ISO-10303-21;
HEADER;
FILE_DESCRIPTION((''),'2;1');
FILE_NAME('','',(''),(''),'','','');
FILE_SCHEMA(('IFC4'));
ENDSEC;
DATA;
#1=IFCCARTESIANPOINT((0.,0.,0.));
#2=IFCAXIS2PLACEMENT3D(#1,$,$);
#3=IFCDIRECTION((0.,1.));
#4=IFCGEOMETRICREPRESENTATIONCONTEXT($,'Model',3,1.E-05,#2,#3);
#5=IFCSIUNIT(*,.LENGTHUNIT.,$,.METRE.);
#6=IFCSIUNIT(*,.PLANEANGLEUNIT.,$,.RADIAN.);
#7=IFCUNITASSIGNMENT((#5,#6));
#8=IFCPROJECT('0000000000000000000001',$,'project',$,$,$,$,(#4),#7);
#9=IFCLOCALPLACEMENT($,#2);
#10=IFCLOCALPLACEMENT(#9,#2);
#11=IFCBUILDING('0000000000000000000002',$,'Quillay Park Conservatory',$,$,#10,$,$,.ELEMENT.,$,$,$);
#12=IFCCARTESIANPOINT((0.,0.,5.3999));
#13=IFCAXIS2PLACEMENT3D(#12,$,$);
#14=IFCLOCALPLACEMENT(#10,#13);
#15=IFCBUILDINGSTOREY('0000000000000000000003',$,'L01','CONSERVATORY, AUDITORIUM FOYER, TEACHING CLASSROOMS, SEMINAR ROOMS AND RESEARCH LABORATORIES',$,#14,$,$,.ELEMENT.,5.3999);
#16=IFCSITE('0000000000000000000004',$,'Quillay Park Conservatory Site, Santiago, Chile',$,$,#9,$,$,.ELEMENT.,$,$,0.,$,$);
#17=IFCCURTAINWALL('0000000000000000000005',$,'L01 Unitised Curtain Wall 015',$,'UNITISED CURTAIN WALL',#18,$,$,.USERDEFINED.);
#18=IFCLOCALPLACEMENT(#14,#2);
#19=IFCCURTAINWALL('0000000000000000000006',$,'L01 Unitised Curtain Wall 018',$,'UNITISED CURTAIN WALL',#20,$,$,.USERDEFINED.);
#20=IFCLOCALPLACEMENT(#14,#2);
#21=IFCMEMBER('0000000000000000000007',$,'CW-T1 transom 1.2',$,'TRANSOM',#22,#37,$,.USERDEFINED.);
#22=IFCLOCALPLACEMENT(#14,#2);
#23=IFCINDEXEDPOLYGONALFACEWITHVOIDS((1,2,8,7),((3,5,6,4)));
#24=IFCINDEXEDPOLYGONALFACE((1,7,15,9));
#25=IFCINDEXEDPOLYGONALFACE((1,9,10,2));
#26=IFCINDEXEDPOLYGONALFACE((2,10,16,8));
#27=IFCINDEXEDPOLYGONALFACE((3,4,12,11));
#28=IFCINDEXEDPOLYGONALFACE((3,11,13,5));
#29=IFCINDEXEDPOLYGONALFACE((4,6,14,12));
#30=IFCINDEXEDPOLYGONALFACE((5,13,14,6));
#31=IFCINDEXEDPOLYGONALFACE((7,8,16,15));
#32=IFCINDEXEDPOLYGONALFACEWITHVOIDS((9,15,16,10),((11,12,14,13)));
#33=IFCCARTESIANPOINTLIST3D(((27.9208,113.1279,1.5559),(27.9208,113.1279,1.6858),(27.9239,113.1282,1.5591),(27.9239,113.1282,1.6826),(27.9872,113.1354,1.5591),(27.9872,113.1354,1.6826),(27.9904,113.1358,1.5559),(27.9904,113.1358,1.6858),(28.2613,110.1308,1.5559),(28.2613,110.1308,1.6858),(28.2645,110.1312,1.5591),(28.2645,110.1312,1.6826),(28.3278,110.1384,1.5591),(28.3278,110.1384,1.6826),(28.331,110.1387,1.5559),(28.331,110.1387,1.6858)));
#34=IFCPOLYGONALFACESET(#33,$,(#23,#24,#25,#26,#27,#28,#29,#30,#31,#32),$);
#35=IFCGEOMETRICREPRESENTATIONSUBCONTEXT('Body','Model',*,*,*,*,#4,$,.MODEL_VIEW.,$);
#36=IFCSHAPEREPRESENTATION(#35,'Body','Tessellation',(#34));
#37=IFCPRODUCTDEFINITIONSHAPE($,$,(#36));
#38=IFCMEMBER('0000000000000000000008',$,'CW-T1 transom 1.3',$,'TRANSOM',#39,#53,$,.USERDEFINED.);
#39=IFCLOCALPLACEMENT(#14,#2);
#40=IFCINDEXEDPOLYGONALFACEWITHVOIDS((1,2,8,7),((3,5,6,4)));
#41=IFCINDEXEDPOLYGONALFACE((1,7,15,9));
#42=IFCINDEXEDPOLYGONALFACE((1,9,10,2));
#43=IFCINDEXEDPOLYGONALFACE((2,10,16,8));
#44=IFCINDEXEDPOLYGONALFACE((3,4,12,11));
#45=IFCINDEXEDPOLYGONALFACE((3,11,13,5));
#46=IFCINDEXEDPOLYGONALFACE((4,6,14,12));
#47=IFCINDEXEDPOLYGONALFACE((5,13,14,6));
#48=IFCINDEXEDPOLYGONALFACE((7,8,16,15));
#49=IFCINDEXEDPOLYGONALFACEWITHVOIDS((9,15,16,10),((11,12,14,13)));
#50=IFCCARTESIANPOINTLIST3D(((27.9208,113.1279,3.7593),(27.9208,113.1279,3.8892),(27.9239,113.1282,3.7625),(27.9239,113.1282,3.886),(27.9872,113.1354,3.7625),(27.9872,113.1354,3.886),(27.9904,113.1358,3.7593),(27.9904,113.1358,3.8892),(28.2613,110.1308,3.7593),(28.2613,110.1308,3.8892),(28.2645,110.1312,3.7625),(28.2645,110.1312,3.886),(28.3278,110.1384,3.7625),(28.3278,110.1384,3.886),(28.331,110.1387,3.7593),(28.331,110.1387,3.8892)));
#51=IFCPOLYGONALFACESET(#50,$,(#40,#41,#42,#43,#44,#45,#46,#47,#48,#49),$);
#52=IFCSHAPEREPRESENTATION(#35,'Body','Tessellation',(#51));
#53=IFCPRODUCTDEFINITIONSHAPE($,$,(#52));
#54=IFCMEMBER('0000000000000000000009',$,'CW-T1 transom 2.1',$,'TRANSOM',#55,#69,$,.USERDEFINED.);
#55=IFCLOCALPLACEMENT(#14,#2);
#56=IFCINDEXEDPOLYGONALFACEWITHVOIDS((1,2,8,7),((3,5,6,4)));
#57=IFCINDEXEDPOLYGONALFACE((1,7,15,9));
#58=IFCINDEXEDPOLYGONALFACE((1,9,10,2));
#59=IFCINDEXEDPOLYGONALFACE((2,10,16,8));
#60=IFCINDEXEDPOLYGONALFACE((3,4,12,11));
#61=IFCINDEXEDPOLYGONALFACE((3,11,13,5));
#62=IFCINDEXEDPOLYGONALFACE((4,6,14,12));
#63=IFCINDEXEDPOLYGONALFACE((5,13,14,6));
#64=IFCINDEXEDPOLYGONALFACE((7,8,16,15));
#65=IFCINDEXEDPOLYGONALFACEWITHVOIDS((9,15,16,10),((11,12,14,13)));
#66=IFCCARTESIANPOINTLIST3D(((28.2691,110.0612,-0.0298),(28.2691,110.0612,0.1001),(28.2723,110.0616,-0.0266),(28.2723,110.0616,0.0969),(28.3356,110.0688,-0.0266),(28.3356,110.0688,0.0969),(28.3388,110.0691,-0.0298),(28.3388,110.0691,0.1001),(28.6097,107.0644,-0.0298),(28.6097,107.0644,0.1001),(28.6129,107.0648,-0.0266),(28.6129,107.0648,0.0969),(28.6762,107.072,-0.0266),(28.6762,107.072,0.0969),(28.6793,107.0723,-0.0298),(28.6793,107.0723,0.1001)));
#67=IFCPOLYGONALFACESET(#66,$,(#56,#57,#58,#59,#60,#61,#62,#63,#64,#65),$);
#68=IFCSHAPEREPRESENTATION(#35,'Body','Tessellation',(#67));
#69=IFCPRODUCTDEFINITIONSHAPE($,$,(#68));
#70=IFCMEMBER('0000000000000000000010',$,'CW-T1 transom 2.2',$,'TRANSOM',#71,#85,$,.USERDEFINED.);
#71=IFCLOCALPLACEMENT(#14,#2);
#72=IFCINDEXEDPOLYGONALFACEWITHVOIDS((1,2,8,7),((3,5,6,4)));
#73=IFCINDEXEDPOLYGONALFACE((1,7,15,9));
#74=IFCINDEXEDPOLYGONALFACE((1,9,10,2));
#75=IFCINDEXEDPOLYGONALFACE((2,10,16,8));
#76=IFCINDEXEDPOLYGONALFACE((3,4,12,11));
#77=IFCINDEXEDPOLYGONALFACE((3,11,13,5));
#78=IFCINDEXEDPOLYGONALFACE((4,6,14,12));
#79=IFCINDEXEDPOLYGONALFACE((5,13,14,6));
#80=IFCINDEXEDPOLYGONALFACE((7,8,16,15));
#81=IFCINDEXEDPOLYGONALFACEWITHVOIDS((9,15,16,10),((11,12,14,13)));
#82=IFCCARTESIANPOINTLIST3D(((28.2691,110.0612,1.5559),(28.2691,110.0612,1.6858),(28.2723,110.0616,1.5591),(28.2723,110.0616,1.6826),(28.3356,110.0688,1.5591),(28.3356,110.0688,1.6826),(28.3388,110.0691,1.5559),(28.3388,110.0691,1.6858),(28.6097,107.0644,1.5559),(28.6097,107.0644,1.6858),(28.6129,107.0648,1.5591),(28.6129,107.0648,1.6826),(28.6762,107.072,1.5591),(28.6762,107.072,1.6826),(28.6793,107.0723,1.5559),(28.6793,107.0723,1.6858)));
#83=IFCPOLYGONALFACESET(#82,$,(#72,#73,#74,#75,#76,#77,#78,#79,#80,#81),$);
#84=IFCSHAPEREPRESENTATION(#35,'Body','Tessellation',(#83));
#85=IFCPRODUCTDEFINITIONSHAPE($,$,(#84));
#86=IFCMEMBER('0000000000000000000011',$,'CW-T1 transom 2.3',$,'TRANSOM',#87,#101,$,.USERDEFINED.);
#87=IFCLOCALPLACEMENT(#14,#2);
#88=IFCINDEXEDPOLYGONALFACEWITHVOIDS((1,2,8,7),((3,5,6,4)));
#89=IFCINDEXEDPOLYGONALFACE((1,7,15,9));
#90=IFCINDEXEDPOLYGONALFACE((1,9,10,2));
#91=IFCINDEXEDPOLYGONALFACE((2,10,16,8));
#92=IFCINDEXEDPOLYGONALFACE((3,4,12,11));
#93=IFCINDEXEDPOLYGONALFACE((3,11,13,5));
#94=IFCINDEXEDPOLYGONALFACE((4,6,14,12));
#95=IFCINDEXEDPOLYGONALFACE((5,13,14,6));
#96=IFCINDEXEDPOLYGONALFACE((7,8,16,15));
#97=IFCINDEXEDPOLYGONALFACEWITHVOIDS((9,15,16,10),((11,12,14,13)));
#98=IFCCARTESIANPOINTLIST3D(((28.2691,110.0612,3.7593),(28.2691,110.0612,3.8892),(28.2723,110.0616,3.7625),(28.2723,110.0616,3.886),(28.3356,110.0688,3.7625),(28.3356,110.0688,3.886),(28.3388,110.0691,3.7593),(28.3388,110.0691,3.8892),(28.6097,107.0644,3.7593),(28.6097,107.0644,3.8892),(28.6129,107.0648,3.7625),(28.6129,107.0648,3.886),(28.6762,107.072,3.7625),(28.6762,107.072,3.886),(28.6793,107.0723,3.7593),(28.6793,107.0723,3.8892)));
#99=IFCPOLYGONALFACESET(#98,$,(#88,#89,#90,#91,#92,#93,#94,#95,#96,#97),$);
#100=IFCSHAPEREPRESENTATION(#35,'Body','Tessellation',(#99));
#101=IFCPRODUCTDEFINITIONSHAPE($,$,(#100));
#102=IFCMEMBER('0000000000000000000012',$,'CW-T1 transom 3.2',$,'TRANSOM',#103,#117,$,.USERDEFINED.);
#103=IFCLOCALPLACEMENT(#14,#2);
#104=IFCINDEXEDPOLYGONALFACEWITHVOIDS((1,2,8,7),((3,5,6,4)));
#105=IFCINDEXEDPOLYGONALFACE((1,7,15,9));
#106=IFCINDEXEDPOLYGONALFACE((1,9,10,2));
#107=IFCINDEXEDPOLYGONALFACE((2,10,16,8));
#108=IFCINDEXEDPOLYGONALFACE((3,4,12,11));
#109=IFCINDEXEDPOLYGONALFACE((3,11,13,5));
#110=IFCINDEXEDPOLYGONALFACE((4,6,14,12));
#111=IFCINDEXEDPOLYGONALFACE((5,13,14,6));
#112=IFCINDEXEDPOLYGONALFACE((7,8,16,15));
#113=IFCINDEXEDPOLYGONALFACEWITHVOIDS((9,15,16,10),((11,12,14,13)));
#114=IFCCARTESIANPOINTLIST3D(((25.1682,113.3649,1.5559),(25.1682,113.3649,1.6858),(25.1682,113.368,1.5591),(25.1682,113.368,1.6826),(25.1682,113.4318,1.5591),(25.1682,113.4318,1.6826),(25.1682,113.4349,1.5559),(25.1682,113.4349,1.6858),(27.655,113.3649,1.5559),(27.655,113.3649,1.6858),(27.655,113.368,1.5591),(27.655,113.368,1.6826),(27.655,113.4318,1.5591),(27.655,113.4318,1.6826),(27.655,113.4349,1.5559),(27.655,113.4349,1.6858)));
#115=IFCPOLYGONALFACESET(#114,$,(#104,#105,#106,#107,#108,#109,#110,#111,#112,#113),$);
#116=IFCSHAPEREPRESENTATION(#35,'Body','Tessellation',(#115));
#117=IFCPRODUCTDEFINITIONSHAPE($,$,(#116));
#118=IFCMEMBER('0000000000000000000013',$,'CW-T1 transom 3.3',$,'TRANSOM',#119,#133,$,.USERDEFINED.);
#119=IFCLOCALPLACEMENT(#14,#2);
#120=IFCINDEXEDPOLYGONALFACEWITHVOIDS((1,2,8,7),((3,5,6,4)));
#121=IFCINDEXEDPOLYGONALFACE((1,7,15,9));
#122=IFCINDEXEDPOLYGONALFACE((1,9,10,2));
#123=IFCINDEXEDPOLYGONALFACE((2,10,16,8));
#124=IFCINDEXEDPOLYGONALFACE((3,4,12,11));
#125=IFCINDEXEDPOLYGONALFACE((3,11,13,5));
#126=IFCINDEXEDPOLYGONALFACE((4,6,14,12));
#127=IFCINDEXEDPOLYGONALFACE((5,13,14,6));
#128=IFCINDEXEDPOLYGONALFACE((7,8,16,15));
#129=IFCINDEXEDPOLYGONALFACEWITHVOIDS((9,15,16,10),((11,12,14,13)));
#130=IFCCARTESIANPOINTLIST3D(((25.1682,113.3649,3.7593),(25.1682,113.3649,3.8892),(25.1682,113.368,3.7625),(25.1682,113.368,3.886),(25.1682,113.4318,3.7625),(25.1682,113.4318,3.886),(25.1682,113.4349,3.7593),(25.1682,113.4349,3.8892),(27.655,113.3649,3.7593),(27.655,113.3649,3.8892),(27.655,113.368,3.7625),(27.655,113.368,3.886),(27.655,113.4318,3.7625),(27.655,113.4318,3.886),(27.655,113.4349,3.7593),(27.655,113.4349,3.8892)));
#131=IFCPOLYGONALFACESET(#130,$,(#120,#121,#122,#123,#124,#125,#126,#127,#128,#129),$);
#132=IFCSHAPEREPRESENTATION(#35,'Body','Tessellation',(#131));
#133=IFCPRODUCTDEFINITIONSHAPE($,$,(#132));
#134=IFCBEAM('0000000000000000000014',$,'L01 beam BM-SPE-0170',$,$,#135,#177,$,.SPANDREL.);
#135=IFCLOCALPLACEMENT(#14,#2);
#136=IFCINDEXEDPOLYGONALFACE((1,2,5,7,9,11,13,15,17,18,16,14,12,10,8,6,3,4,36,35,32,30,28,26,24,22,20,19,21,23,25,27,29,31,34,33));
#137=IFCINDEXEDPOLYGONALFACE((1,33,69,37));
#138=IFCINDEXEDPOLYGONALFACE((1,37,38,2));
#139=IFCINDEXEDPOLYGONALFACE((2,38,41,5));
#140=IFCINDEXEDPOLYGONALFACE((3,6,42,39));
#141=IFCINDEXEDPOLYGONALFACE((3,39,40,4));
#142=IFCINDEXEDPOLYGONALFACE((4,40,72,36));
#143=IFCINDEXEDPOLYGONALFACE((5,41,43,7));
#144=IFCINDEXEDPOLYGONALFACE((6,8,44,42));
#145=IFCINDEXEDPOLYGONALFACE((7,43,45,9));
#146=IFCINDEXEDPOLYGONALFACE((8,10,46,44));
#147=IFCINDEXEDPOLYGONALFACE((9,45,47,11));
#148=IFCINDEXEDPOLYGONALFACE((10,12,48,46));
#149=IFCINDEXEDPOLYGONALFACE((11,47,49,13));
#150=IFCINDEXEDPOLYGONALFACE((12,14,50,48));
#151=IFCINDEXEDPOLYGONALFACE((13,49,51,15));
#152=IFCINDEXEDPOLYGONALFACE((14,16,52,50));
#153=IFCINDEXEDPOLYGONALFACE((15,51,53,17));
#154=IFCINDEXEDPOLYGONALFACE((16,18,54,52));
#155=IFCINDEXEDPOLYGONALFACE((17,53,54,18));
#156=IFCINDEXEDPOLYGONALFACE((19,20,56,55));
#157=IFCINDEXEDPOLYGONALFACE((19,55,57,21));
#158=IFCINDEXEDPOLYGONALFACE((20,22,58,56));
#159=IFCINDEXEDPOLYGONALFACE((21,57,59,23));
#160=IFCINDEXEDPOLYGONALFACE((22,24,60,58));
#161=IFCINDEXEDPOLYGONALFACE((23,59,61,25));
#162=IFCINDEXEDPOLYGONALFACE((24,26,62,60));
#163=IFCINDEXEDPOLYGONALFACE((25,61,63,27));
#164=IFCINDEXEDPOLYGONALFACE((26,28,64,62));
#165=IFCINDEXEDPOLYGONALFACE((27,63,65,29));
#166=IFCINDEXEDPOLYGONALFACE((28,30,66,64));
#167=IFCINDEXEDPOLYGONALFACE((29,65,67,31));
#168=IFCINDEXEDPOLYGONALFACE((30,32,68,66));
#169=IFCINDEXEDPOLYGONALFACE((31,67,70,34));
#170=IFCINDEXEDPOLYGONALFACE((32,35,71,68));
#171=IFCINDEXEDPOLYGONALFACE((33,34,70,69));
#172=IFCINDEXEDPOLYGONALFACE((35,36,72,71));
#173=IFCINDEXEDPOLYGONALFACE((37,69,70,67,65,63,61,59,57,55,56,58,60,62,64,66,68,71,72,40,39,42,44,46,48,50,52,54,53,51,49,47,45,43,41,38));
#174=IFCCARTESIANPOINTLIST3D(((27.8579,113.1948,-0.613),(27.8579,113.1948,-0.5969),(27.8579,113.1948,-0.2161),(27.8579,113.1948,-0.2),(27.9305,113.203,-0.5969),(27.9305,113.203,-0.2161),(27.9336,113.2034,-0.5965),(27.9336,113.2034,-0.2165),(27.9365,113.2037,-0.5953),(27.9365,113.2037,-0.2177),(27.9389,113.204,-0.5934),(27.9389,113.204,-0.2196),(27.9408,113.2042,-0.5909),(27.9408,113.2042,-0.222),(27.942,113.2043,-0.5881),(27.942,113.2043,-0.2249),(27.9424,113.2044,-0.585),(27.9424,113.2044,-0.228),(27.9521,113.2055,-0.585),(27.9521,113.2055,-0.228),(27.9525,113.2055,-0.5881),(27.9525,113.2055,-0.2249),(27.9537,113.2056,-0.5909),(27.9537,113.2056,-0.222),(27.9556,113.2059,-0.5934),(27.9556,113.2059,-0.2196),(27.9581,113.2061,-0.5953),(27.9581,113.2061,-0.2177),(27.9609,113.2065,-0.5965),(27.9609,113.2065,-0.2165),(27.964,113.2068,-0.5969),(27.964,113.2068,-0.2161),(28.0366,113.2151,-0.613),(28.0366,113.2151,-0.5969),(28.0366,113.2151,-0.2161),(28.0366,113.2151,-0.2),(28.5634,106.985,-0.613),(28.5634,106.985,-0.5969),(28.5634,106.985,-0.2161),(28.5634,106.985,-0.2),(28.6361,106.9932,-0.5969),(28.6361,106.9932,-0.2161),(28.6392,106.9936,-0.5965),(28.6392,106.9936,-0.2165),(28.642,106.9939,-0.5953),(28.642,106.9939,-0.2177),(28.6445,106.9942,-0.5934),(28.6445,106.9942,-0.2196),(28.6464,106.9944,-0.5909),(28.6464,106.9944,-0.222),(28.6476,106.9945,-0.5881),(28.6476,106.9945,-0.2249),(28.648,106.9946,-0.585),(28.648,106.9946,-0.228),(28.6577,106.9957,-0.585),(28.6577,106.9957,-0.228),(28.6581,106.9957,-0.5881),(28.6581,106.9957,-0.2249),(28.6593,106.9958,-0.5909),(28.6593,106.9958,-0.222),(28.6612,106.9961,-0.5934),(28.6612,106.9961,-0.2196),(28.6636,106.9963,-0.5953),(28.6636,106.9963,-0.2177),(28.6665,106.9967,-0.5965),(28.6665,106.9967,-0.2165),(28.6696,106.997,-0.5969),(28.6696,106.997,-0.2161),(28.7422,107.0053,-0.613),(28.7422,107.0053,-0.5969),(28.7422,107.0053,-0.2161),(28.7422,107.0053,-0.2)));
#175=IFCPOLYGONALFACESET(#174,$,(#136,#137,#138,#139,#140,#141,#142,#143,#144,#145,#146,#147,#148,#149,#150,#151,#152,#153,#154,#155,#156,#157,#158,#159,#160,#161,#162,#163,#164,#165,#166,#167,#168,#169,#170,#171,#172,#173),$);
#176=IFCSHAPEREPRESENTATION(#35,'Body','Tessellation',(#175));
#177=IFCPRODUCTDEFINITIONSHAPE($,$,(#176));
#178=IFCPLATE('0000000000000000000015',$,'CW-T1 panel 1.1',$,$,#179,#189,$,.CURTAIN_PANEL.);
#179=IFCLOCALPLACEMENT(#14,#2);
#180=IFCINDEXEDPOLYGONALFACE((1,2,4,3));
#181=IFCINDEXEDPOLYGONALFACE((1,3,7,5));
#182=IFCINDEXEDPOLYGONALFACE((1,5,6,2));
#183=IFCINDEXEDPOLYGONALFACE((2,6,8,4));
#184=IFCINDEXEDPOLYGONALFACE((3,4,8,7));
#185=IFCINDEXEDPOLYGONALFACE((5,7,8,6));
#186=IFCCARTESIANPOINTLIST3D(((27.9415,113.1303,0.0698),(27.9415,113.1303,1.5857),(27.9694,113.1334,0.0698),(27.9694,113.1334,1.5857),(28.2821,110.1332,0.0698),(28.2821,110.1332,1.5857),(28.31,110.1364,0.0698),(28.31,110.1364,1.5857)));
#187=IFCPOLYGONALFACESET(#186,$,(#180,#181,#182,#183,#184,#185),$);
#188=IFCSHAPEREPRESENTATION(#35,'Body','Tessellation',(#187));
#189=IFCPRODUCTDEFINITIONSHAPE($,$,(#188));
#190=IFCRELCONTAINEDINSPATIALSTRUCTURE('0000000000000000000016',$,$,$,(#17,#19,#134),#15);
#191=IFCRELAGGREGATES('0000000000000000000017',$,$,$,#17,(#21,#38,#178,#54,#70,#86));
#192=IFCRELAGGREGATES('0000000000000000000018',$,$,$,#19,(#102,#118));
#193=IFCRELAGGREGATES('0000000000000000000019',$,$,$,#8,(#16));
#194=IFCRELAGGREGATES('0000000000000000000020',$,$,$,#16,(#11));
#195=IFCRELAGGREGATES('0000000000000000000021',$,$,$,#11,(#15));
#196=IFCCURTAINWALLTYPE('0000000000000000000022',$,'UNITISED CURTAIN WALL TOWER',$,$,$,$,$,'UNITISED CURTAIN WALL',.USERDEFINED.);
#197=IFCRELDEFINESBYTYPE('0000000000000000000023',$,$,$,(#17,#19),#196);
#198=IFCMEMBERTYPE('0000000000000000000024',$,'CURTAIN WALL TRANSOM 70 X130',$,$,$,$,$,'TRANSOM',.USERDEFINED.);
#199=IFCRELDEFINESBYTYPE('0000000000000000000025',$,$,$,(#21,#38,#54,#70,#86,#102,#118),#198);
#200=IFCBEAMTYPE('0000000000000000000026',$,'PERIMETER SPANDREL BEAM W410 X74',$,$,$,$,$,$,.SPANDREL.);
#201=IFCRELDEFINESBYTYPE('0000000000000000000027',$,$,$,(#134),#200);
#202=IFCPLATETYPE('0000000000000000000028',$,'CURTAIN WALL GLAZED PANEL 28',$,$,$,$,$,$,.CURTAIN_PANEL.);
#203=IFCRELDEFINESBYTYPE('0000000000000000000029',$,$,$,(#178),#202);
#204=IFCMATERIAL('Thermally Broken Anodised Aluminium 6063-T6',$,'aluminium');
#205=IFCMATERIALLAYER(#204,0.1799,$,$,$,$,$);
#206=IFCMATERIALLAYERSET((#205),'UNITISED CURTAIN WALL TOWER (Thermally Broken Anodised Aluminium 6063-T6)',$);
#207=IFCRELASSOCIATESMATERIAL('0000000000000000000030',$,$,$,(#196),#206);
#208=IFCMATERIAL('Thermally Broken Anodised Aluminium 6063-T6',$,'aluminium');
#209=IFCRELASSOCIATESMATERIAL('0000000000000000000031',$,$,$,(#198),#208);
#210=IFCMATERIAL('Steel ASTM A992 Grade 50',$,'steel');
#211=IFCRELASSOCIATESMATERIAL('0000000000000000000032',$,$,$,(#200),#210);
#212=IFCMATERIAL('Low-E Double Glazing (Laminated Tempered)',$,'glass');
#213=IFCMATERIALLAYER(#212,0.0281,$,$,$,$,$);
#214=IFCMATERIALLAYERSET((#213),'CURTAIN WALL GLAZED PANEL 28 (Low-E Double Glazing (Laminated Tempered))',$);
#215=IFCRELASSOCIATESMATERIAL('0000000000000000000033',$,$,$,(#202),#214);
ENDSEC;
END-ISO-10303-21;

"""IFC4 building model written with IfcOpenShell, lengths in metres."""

from ifc_helpers import new_model, si_unit, direction, frame, origin, origin_2d, place, context, subcontext, project, spatial, rectangle, hollow_rectangle, i_section, extrude, material, layer, layer_set, material_profile, profile_set, type_object, element, aggregate, save


model = new_model("IFC4")

# Units and contexts
model_context = context("Model", 3, precision=1e-05, world=origin(), true_north=direction((0.0, 1.0)))
body_context = subcontext(model_context, "Body", "Model", "MODEL_VIEW")
ifc_project = project(units=[si_unit("LENGTHUNIT", "METRE"), si_unit("PLANEANGLEUNIT", "RADIAN")], contexts=[model_context])

# Site, building, storey
site_placement = place(None, origin())
site = spatial("IfcSite", under=ifc_project, at=site_placement, Name="Quillay Park Conservatory Site, Santiago, Chile", CompositionType="ELEMENT", RefElevation=0.0)
building_placement = place(site_placement, origin())
building = spatial("IfcBuilding", under=site, at=building_placement, Name="Quillay Park Conservatory", CompositionType="ELEMENT")
storey_placement = place(building_placement, frame((0.0, 0.0, 5.3999)))
storey = spatial("IfcBuildingStorey", under=building, at=storey_placement, Name="L01", Description="CONSERVATORY, AUDITORIUM FOYER, TEACHING CLASSROOMS, SEMINAR ROOMS AND RESEARCH LABORATORIES", CompositionType="ELEMENT", Elevation=5.3999)

# Curtain wall
ifc_material_1 = material(Name="Thermally Broken Anodised Aluminium 6063-T6", Category="aluminium")
ifc_layer_1 = layer(ifc_material_1, 0.1799)
ifc_layer_set_1 = layer_set([ifc_layer_1], Name="UNITISED CURTAIN WALL TOWER (Thermally Broken Anodised Aluminium 6063-T6)")
curtain_wall_type = type_object("IfcCurtainWallType", Name="UNITISED CURTAIN WALL TOWER", ElementType="UNITISED CURTAIN WALL", PredefinedType="USERDEFINED", material=ifc_layer_set_1)
curtain_wall_1_placement = place(storey_placement, origin())
curtain_wall_1 = element("IfcCurtainWall", 1, at=curtain_wall_1_placement, inside=storey, type_object=curtain_wall_type, Name="L01 Unitised Curtain Wall 015", ObjectType="UNITISED CURTAIN WALL", PredefinedType="USERDEFINED")

# Curtain wall
curtain_wall_2_placement = place(storey_placement, origin())
curtain_wall_2 = element("IfcCurtainWall", 2, at=curtain_wall_2_placement, inside=storey, type_object=curtain_wall_type, Name="L01 Unitised Curtain Wall 018", ObjectType="UNITISED CURTAIN WALL", PredefinedType="USERDEFINED")

# Members
ifc_material_2 = material(Name="Thermally Broken Anodised Aluminium 6063-T6", Category="aluminium")
ifc_material_profile_1 = material_profile(ifc_material_2, hollow_rectangle(XDim=0.0701, YDim=0.1299, WallThickness=0.0032, at=origin_2d()), Name="AL70x130x3.2")
ifc_profile_set_1 = profile_set([ifc_material_profile_1], Name="Thermally Broken Anodised Aluminium 6063-T6")
member_type_1 = type_object("IfcMemberType", Name="CURTAIN WALL TRANSOM 70 X130", ElementType="TRANSOM", PredefinedType="USERDEFINED", material=ifc_profile_set_1)
member_1_placement = place(storey_placement, frame((27.9556, 113.1318, 1.6208), z_axis=(0.11291, -0.993605, 0.0), x_axis=(0.993605, 0.11291, 0.0)))
member_1 = element("IfcMember", 3, at=member_1_placement, type_object=member_type_1, Name="CW-T1 transom 1.2", ObjectType="TRANSOM", PredefinedType="USERDEFINED", context=body_context, shape_type="SweptSolid", body=[
    extrude(hollow_rectangle(XDim=0.0701, YDim=0.1299, WallThickness=0.0032, at=origin_2d()), origin(), (0.0, 0.0, 1.0), 3.0164),
])
member_2_placement = place(storey_placement, frame((27.9556, 113.1318, 3.8242), z_axis=(0.11291, -0.993605, 0.0), x_axis=(0.993605, 0.11291, 0.0)))
member_2 = element("IfcMember", 4, at=member_2_placement, type_object=member_type_1, Name="CW-T1 transom 1.3", ObjectType="TRANSOM", PredefinedType="USERDEFINED", context=body_context, shape_type="SweptSolid", body=[
    extrude(hollow_rectangle(XDim=0.0701, YDim=0.1299, WallThickness=0.0032, at=origin_2d()), origin(), (0.0, 0.0, 1.0), 3.0164),
])
member_3_placement = place(storey_placement, frame((28.304, 110.0652, 0.0352), z_axis=(0.112919, -0.993604, 0.0), x_axis=(0.993604, 0.112919, 0.0)))
member_3 = element("IfcMember", 5, at=member_3_placement, type_object=member_type_1, Name="CW-T1 transom 2.1", ObjectType="TRANSOM", PredefinedType="USERDEFINED", context=body_context, shape_type="SweptSolid", body=[
    extrude(hollow_rectangle(XDim=0.0701, YDim=0.1299, WallThickness=0.0032, at=origin_2d()), origin(), (0.0, 0.0, 1.0), 3.0161),
])
member_4_placement = place(storey_placement, frame((28.304, 110.0652, 1.6208), z_axis=(0.112919, -0.993604, 0.0), x_axis=(0.993604, 0.112919, 0.0)))
member_4 = element("IfcMember", 6, at=member_4_placement, type_object=member_type_1, Name="CW-T1 transom 2.2", ObjectType="TRANSOM", PredefinedType="USERDEFINED", context=body_context, shape_type="SweptSolid", body=[
    extrude(hollow_rectangle(XDim=0.0701, YDim=0.1299, WallThickness=0.0032, at=origin_2d()), origin(), (0.0, 0.0, 1.0), 3.0161),
])
member_5_placement = place(storey_placement, frame((28.304, 110.0652, 3.8242), z_axis=(0.112919, -0.993604, 0.0), x_axis=(0.993604, 0.112919, 0.0)))
member_5 = element("IfcMember", 7, at=member_5_placement, type_object=member_type_1, Name="CW-T1 transom 2.3", ObjectType="TRANSOM", PredefinedType="USERDEFINED", context=body_context, shape_type="SweptSolid", body=[
    extrude(hollow_rectangle(XDim=0.0701, YDim=0.1299, WallThickness=0.0032, at=origin_2d()), origin(), (0.0, 0.0, 1.0), 3.0161),
])
member_6_placement = place(storey_placement, frame((25.1682, 113.3999, 1.6208), z_axis=(1.0, 0.0, 0.0), x_axis=(0.0, 1.0, 0.0)))
member_6 = element("IfcMember", 8, at=member_6_placement, type_object=member_type_1, Name="CW-T1 transom 3.2", ObjectType="TRANSOM", PredefinedType="USERDEFINED", context=body_context, shape_type="SweptSolid", body=[
    extrude(hollow_rectangle(XDim=0.0701, YDim=0.1299, WallThickness=0.0032, at=origin_2d()), origin(), (0.0, 0.0, 1.0), 2.4868),
])
member_7_placement = place(storey_placement, frame((25.1682, 113.3999, 3.8242), z_axis=(1.0, 0.0, 0.0), x_axis=(0.0, 1.0, 0.0)))
member_7 = element("IfcMember", 9, at=member_7_placement, type_object=member_type_1, Name="CW-T1 transom 3.3", ObjectType="TRANSOM", PredefinedType="USERDEFINED", context=body_context, shape_type="SweptSolid", body=[
    extrude(hollow_rectangle(XDim=0.0701, YDim=0.1299, WallThickness=0.0032, at=origin_2d()), origin(), (0.0, 0.0, 1.0), 2.4868),
])

# Beam
ifc_material_3 = material(Name="Steel ASTM A992 Grade 50", Category="steel")
ifc_material_profile_2 = material_profile(ifc_material_3, i_section(OverallWidth=0.1799, OverallDepth=0.4131, WebThickness=0.0098, FlangeThickness=0.0161, FilletRadius=0.012, at=origin_2d()), Name="W410x74")
ifc_profile_set_2 = profile_set([ifc_material_profile_2], Name="Steel ASTM A992 Grade 50")
beam_type = type_object("IfcBeamType", Name="PERIMETER SPANDREL BEAM W410 X74", PredefinedType="SPANDREL", material=ifc_profile_set_2)
beam_placement = place(storey_placement, frame((28.6528, 106.9951, -0.4065), z_axis=(-0.112897, 0.993607, 0.0), x_axis=(-0.993607, -0.112897, 0.0)))
element("IfcBeam", 10, at=beam_placement, inside=storey, type_object=beam_type, Name="L01 beam BM-SPE-0170", PredefinedType="SPANDREL", context=body_context, shape_type="SweptSolid", body=[
    extrude(i_section(OverallWidth=0.1799, OverallDepth=0.4131, WebThickness=0.0098, FlangeThickness=0.0161, FilletRadius=0.012, at=origin_2d()), origin(), (0.0, 0.0, 1.0), 6.2498),
])

# Plate
ifc_material_4 = material(Name="Low-E Double Glazing (Laminated Tempered)", Category="glass")
ifc_layer_2 = layer(ifc_material_4, 0.0281)
ifc_layer_set_2 = layer_set([ifc_layer_2], Name="CURTAIN WALL GLAZED PANEL 28 (Low-E Double Glazing (Laminated Tempered))")
plate_type = type_object("IfcPlateType", Name="CURTAIN WALL GLAZED PANEL 28", PredefinedType="CURTAIN_PANEL", material=ifc_layer_set_2)
plate_1_placement = place(storey_placement, frame((28.1257, 111.6333, 0.0698), z_axis=(0.0, 0.0, 1.0), x_axis=(0.112903, -0.993606, 0.0)))
plate_1 = element("IfcPlate", 11, at=plate_1_placement, type_object=plate_type, Name="CW-T1 panel 1.1", PredefinedType="CURTAIN_PANEL", context=body_context, shape_type="SweptSolid", body=[
    extrude(rectangle(XDim=3.0164, YDim=0.0281, at=origin_2d()), origin(), (0.0, 0.0, 1.0), 1.5159),
])
aggregate(curtain_wall_1, [member_1, member_2, plate_1, member_3, member_4, member_5])
aggregate(curtain_wall_2, [member_6, member_7])

save(model, "model.ifc")
